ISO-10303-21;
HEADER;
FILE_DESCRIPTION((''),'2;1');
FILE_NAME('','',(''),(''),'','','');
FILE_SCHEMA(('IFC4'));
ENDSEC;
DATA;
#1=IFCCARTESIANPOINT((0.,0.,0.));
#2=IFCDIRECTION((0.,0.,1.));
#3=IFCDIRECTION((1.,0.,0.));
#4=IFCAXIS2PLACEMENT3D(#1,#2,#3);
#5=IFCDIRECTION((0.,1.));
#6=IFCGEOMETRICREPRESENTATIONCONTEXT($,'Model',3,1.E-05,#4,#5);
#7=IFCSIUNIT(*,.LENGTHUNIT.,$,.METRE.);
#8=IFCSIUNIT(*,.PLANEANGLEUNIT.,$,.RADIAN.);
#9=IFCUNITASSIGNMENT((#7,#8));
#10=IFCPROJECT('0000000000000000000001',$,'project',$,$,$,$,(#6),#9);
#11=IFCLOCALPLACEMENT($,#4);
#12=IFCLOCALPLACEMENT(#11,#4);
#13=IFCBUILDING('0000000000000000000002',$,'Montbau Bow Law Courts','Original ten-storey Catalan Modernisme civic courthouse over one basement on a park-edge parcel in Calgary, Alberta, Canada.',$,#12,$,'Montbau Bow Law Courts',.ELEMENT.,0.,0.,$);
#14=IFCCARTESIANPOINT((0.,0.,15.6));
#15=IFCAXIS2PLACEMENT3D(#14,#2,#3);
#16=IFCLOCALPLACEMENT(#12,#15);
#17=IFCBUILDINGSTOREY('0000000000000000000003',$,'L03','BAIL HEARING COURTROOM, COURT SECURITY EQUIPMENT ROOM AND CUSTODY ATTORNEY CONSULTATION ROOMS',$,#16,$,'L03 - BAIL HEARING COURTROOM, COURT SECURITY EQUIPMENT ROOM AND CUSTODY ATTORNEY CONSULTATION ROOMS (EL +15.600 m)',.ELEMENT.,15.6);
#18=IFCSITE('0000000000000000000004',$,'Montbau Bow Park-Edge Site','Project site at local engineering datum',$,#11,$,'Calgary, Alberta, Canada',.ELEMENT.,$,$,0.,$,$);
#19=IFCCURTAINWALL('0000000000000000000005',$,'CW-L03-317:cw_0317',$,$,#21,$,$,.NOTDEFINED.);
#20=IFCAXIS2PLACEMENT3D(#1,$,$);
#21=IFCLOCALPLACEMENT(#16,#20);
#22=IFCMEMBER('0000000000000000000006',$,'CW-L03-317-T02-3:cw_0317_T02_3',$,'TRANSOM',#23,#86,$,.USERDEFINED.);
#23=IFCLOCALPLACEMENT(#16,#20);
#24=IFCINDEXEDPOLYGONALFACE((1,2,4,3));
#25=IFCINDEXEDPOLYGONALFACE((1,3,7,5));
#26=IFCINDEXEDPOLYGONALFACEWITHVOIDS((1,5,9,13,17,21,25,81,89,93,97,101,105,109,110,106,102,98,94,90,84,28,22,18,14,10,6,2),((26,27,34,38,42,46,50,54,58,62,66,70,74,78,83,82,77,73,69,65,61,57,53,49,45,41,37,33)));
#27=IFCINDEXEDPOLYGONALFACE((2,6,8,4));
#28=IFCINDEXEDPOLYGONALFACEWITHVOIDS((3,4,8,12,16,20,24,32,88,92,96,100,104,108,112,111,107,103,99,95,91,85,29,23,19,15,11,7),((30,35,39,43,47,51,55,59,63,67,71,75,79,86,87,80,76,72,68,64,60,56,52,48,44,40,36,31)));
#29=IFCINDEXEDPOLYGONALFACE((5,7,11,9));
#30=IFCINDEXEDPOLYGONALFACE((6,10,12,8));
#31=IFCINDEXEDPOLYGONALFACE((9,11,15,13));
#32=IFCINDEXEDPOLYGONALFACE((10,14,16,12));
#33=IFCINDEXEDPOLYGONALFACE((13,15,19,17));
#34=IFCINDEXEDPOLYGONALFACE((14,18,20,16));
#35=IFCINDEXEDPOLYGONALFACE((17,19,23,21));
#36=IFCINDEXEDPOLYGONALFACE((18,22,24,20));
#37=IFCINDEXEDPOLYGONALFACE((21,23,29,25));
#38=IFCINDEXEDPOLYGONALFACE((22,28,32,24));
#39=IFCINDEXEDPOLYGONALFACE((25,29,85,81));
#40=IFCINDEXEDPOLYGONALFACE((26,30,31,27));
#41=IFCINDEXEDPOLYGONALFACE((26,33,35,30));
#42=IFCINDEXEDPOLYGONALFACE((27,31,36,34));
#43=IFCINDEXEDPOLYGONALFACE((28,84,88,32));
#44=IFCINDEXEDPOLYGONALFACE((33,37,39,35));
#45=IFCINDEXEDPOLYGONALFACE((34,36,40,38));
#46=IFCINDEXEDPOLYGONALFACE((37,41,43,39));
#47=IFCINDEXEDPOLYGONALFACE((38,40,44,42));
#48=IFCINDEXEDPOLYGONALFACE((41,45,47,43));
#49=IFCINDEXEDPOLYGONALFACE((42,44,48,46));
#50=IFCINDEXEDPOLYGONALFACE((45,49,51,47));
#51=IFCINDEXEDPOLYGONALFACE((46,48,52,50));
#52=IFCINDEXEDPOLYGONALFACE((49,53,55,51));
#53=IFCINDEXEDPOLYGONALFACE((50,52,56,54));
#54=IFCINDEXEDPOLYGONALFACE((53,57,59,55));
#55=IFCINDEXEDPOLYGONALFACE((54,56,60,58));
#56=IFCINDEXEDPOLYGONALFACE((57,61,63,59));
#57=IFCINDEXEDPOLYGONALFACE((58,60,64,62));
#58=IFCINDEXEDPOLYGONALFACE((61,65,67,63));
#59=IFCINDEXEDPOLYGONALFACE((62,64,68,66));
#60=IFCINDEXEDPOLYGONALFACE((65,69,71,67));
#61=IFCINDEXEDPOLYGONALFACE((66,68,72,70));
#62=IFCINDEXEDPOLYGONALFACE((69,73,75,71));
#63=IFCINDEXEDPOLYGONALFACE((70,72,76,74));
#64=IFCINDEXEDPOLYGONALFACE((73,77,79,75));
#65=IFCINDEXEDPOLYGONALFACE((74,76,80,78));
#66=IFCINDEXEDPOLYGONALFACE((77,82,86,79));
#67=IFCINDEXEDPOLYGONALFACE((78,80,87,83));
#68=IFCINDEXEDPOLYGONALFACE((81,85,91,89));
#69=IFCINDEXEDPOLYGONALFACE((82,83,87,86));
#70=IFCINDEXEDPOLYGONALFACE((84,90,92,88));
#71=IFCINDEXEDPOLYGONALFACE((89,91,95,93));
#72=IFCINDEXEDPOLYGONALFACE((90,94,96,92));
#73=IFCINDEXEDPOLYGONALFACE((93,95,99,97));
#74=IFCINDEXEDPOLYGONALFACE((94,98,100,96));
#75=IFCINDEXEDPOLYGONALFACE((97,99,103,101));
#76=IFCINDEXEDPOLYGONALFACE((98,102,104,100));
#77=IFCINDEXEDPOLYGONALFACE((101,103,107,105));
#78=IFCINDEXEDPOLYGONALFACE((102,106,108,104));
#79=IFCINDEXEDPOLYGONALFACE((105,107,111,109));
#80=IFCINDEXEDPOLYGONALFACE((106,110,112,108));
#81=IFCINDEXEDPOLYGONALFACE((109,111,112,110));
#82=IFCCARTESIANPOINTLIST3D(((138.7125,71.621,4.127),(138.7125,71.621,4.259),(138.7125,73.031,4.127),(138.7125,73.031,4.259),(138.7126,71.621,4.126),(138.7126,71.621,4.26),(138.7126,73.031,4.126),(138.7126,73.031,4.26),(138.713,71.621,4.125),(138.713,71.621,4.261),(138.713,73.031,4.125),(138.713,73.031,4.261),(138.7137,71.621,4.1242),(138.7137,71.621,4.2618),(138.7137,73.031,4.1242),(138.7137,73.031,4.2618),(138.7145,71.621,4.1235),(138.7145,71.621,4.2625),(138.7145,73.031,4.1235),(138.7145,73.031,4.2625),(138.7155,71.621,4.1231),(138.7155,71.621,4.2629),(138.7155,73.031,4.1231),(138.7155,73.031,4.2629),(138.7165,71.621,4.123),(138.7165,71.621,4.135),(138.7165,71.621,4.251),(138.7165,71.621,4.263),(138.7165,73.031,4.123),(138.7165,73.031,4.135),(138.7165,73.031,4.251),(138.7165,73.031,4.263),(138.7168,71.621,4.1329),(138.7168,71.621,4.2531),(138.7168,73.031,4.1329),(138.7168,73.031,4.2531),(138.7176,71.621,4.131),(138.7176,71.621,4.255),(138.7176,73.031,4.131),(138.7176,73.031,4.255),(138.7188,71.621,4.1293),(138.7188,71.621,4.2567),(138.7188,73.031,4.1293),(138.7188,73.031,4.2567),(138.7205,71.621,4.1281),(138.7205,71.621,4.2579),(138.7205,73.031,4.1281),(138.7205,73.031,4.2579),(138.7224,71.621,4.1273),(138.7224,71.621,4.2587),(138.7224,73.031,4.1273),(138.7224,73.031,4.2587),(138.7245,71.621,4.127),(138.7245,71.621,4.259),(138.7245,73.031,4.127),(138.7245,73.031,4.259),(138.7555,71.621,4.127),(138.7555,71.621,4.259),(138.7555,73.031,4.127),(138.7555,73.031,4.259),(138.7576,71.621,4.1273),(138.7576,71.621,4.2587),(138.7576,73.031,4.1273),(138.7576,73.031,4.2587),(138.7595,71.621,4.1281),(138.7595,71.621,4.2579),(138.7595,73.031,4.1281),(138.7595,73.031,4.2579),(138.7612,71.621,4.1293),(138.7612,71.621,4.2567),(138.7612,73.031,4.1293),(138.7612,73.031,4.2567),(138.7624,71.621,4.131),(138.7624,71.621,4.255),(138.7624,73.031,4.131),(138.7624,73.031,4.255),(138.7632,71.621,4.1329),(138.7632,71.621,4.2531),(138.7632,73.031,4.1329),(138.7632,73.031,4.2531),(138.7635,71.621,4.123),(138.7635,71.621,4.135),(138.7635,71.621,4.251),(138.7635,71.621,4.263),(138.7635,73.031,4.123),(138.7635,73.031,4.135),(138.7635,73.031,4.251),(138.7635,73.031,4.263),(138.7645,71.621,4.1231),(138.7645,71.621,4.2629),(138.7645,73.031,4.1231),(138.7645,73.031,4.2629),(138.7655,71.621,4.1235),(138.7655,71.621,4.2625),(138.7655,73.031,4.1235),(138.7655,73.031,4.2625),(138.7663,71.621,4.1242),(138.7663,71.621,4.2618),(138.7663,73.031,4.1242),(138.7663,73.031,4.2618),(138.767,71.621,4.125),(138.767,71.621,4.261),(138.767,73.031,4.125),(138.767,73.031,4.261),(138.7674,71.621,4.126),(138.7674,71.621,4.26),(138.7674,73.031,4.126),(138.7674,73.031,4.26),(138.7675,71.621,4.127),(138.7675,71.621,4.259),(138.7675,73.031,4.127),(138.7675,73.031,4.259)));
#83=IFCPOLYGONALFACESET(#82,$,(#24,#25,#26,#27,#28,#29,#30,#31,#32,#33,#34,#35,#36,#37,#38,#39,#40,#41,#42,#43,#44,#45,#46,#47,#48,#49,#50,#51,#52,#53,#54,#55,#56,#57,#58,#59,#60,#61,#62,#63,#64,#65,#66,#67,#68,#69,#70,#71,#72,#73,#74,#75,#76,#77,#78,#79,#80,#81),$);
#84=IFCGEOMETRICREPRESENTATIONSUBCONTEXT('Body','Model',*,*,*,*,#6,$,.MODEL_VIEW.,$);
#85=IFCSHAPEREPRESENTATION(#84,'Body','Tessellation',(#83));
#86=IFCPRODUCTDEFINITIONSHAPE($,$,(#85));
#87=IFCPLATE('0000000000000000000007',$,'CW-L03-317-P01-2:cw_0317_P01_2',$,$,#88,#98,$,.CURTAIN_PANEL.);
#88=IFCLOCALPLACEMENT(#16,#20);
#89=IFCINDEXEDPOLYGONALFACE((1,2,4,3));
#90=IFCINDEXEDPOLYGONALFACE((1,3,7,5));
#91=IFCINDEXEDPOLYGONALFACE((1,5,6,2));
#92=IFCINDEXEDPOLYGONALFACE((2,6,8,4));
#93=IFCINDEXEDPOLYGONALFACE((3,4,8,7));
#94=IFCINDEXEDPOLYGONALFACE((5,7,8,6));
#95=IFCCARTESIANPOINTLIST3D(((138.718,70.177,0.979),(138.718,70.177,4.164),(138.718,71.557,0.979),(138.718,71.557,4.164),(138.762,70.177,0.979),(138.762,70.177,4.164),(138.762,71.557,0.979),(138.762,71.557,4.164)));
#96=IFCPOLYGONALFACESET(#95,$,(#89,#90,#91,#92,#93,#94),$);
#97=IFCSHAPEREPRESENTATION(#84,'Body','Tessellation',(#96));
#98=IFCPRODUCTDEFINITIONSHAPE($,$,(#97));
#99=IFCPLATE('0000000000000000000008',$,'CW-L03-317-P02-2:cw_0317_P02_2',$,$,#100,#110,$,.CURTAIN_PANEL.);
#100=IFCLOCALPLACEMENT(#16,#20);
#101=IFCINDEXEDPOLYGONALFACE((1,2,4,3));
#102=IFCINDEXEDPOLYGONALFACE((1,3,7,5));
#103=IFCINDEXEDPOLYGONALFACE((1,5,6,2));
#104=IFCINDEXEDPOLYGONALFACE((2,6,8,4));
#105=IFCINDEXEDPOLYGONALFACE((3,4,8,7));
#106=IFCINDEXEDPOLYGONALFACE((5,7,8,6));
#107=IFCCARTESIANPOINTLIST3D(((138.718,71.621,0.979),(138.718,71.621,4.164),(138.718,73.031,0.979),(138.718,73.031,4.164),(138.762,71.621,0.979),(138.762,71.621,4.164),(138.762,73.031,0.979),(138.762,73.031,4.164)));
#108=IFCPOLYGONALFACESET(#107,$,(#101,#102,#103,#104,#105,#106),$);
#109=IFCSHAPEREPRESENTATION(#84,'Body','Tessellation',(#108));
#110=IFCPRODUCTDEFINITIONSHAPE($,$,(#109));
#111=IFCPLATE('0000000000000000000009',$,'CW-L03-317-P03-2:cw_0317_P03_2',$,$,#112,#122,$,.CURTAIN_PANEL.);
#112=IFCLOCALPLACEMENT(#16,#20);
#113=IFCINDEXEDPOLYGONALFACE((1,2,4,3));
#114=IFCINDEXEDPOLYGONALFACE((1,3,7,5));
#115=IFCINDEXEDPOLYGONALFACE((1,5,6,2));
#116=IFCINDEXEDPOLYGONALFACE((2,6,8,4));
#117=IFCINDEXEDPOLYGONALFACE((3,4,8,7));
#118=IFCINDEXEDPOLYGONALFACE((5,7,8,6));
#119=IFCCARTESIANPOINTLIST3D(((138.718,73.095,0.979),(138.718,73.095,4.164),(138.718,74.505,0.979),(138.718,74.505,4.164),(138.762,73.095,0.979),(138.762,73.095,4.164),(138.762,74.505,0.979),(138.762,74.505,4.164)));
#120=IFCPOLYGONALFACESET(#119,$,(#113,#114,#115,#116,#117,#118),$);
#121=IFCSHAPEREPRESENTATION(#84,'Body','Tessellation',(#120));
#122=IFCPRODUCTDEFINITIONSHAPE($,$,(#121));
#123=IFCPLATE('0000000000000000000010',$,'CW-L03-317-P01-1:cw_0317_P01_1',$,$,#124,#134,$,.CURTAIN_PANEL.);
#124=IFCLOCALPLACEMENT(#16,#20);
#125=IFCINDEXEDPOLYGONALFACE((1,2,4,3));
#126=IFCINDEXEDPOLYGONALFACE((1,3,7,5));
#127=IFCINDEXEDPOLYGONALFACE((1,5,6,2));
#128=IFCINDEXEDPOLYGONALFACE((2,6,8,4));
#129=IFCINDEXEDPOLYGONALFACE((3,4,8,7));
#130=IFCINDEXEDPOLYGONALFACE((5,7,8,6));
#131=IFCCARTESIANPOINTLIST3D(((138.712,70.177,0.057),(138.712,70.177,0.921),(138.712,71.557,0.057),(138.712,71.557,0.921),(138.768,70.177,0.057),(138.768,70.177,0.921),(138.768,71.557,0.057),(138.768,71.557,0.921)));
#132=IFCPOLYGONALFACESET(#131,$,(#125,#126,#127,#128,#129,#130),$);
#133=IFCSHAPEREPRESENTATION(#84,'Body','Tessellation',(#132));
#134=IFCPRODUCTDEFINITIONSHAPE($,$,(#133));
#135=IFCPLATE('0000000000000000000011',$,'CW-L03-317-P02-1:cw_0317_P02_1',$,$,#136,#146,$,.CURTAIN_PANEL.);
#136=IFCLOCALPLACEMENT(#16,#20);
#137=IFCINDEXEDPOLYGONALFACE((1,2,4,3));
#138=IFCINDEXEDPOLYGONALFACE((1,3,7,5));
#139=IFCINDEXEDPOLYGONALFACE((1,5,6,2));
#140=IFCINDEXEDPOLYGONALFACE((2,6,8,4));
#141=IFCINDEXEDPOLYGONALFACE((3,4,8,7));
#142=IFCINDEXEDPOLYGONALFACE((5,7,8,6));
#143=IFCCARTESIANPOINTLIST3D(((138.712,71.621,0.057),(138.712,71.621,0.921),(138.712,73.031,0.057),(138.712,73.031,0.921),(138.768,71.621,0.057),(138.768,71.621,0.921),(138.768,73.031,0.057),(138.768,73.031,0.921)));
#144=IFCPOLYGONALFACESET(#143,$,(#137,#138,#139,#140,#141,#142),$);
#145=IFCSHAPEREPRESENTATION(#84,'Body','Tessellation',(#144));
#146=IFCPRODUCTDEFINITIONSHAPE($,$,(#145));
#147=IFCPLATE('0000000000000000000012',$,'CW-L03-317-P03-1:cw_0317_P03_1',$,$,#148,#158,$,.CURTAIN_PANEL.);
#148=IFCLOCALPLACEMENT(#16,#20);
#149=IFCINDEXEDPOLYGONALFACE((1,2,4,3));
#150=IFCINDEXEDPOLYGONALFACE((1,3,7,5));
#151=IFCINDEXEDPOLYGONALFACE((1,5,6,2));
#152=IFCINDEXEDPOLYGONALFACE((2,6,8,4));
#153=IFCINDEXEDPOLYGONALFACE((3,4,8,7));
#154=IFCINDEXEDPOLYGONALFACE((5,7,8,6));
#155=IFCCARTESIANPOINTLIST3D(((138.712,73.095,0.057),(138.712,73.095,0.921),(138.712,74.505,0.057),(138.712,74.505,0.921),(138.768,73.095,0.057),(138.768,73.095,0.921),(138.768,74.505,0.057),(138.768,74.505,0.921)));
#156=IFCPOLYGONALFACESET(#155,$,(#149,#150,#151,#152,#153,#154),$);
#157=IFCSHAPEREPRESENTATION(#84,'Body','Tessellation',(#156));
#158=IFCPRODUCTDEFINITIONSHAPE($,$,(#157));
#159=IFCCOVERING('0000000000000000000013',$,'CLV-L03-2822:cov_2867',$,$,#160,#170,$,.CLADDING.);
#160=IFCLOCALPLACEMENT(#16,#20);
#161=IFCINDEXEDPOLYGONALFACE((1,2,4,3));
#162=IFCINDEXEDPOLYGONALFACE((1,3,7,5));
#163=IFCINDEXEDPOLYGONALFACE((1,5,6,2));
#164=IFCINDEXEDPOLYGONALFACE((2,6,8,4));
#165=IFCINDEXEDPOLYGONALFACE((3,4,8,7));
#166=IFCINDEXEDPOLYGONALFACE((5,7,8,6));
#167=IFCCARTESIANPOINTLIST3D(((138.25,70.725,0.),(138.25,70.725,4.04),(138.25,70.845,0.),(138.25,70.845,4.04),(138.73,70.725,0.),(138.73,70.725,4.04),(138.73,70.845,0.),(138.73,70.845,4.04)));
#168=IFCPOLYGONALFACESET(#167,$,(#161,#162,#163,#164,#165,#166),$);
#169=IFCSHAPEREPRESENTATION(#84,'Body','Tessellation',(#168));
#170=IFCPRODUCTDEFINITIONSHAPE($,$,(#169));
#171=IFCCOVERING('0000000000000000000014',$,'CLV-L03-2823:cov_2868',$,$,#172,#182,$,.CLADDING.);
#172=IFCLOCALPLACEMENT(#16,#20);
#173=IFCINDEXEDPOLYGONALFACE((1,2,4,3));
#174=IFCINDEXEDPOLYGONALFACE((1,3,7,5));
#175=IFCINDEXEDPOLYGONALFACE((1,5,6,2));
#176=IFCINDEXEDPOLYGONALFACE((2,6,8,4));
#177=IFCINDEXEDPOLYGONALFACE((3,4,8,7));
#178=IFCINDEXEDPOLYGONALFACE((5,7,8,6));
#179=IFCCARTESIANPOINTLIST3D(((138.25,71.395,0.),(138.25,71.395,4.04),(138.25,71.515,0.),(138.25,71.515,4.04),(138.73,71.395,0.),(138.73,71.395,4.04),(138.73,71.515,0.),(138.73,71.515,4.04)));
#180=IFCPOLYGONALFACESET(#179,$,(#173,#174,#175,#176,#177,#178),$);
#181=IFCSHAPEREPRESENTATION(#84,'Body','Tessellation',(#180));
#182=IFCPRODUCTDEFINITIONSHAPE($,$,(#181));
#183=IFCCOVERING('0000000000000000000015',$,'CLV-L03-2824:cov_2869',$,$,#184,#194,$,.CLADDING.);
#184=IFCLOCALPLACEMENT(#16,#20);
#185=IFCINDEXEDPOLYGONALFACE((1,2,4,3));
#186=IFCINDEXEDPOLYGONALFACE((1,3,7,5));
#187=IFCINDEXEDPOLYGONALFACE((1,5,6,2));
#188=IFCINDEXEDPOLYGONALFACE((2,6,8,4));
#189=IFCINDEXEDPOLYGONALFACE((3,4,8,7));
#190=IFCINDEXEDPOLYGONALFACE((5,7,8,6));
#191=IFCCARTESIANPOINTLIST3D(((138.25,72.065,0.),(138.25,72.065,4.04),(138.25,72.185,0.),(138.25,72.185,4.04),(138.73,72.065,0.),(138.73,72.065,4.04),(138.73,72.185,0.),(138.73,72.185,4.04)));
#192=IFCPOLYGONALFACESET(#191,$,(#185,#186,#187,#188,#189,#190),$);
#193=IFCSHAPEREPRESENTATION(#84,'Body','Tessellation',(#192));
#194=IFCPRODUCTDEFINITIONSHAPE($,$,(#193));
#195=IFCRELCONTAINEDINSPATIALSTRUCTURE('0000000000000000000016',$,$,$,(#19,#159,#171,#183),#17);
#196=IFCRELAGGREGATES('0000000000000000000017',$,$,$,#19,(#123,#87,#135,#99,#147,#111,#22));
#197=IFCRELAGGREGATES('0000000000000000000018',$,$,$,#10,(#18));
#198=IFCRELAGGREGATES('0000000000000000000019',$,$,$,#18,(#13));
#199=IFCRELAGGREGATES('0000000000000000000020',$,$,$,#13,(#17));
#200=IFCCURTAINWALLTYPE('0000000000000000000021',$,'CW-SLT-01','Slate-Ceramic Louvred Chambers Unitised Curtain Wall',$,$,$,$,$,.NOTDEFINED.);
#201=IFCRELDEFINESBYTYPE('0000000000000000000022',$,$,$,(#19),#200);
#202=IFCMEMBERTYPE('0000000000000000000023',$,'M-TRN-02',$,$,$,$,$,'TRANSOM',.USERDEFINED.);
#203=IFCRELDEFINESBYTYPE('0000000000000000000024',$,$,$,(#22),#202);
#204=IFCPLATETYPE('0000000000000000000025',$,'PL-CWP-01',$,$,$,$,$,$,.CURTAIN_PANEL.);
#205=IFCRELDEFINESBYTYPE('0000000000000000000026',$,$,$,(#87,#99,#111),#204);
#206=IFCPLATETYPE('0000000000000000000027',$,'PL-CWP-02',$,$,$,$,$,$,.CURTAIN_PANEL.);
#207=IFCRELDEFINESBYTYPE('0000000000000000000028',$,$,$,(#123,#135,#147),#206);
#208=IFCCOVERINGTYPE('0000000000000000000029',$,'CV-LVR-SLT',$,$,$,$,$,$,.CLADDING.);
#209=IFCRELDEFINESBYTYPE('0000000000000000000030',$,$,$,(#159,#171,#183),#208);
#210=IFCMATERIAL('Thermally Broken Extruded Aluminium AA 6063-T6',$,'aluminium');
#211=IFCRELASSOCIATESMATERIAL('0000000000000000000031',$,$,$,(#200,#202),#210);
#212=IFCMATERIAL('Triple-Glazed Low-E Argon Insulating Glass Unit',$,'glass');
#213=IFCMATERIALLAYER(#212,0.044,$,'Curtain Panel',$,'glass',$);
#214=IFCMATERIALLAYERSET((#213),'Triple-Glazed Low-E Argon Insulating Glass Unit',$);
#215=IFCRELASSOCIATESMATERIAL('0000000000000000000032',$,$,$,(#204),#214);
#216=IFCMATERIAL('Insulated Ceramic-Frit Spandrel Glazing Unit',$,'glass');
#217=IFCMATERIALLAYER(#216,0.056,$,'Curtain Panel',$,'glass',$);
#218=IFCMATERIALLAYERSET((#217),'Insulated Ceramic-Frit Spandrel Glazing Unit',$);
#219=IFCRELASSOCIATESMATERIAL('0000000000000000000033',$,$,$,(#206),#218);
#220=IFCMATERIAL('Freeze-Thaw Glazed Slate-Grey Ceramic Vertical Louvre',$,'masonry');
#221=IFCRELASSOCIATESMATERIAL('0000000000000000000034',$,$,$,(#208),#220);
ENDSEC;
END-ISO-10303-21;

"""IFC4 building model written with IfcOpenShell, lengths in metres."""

from ifc_helpers import new_model, si_unit, direction, frame, frame_2d, origin_with_axes, origin_2d_with_axis, place, context, subcontext, project, spatial, rectangle, hollow_rectangle, extrude, material, layer, layer_set, material_profile, profile_set, type_object, element, aggregate, save


model = new_model("IFC4")

# Units and contexts
model_context = context("Model", 3, precision=1e-05, world=origin_with_axes(), true_north=direction((0.0, 1.0)))
body_context = subcontext(model_context, "Body", "Model", "MODEL_VIEW")
ifc_project = project(units=[si_unit("LENGTHUNIT", "METRE"), si_unit("PLANEANGLEUNIT", "RADIAN")], contexts=[model_context])

# Site, building, storey
site_placement = place(None, origin_with_axes())
site = spatial("IfcSite", under=ifc_project, at=site_placement, Name="Montbau Bow Park-Edge Site", Description="Project site at local engineering datum", LongName="Calgary, Alberta, Canada", CompositionType="ELEMENT", RefElevation=0.0)
building_placement = place(site_placement, origin_with_axes())
building = spatial("IfcBuilding", under=site, at=building_placement, Name="Montbau Bow Law Courts", Description="Original ten-storey Catalan Modernisme civic courthouse over one basement on a park-edge parcel in Calgary, Alberta, Canada.", LongName="Montbau Bow Law Courts", CompositionType="ELEMENT", ElevationOfRefHeight=0.0, ElevationOfTerrain=0.0)
storey_placement = place(building_placement, frame((0.0, 0.0, 15.6), z_axis=(0.0, 0.0, 1.0), x_axis=(1.0, 0.0, 0.0)))
storey = spatial("IfcBuildingStorey", under=building, at=storey_placement, Name="L03", Description="BAIL HEARING COURTROOM, COURT SECURITY EQUIPMENT ROOM AND CUSTODY ATTORNEY CONSULTATION ROOMS", LongName="L03 - BAIL HEARING COURTROOM, COURT SECURITY EQUIPMENT ROOM AND CUSTODY ATTORNEY CONSULTATION ROOMS (EL +15.600 m)", CompositionType="ELEMENT", Elevation=15.6)

# Curtain wall, member, plates
ifc_material_1 = material(Name="Thermally Broken Extruded Aluminium AA 6063-T6", Category="aluminium")
curtain_wall_type = type_object("IfcCurtainWallType", Name="CW-SLT-01", Description="Slate-Ceramic Louvred Chambers Unitised Curtain Wall", PredefinedType="NOTDEFINED", material=ifc_material_1)
curtain_wall_placement = place(None, frame((138.74, 70.115, 15.6), z_axis=(0.0, 0.0, 1.0), x_axis=(1.0, 0.0, 0.0)))
curtain_wall = element("IfcCurtainWall", 1, at=curtain_wall_placement, inside=storey, type_object=curtain_wall_type, Name="CW-L03-317:cw_0317", PredefinedType="NOTDEFINED")
ifc_material_profile_1 = material_profile(ifc_material_1, hollow_rectangle(XDim=0.055, YDim=0.14, WallThickness=0.004, InnerFilletRadius=0.008, OuterFilletRadius=0.004, at=origin_2d_with_axis()), Name="CWT-140X55", Category="Main", Priority=0)
ifc_profile_set_1 = profile_set([ifc_material_profile_1], Name="Thermally Broken Extruded Aluminium AA 6063-T6")
member_type_1 = type_object("IfcMemberType", Name="M-TRN-02", ElementType="TRANSOM", PredefinedType="USERDEFINED", material=ifc_profile_set_1)
member_1_placement = place(None, frame((138.74, 71.621, 19.793), z_axis=(0.0, 1.0, 0.0), x_axis=(-1.0, 0.0, 0.0)))
member_1 = element("IfcMember", 2, at=member_1_placement, type_object=member_type_1, Name="CW-L03-317-T02-3:cw_0317_T02_3", ObjectType="TRANSOM", PredefinedType="USERDEFINED", context=body_context, shape_type="SweptSolid", body=[
    extrude(hollow_rectangle(XDim=0.055, YDim=0.14, WallThickness=0.004, InnerFilletRadius=0.008, OuterFilletRadius=0.004, at=origin_2d_with_axis()), origin_with_axes(), (0.0, 0.0, 1.0), 1.41),
])
ifc_material_2 = material(Name="Triple-Glazed Low-E Argon Insulating Glass Unit", Category="glass")
ifc_layer_1 = layer(ifc_material_2, 0.044, Name="Curtain Panel", Category="glass")
ifc_layer_set_1 = layer_set([ifc_layer_1], Name="Triple-Glazed Low-E Argon Insulating Glass Unit")
plate_type_1 = type_object("IfcPlateType", Name="PL-CWP-01", PredefinedType="CURTAIN_PANEL", material=ifc_layer_set_1)
plate_1_placement = place(None, frame((138.74, 70.177, 16.579), z_axis=(1.0, 0.0, 0.0), x_axis=(0.0, 1.0, 0.0)))
plate_1 = element("IfcPlate", 3, at=plate_1_placement, type_object=plate_type_1, Name="CW-L03-317-P01-2:cw_0317_P01_2", PredefinedType="CURTAIN_PANEL", context=body_context, shape_type="SweptSolid", body=[
    extrude(rectangle(XDim=1.38, YDim=3.185, at=frame_2d((0.69, 1.5925), x_axis=(1.0, 0.0))), frame((0.0, 0.0, -0.022), z_axis=(0.0, 0.0, 1.0), x_axis=(1.0, 0.0, 0.0)), (0.0, 0.0, 1.0), 0.044),
])
plate_2_placement = place(None, frame((138.74, 71.621, 16.579), z_axis=(1.0, 0.0, 0.0), x_axis=(0.0, 1.0, 0.0)))
plate_2 = element("IfcPlate", 4, at=plate_2_placement, type_object=plate_type_1, Name="CW-L03-317-P02-2:cw_0317_P02_2", PredefinedType="CURTAIN_PANEL", context=body_context, shape_type="SweptSolid", body=[
    extrude(rectangle(XDim=1.41, YDim=3.185, at=frame_2d((0.705, 1.5925), x_axis=(1.0, 0.0))), frame((0.0, 0.0, -0.022), z_axis=(0.0, 0.0, 1.0), x_axis=(1.0, 0.0, 0.0)), (0.0, 0.0, 1.0), 0.044),
])
plate_3_placement = place(None, frame((138.74, 73.095, 16.579), z_axis=(1.0, 0.0, 0.0), x_axis=(0.0, 1.0, 0.0)))
plate_3 = element("IfcPlate", 5, at=plate_3_placement, type_object=plate_type_1, Name="CW-L03-317-P03-2:cw_0317_P03_2", PredefinedType="CURTAIN_PANEL", context=body_context, shape_type="SweptSolid", body=[
    extrude(rectangle(XDim=1.41, YDim=3.185, at=frame_2d((0.705, 1.5925), x_axis=(1.0, 0.0))), frame((0.0, 0.0, -0.022), z_axis=(0.0, 0.0, 1.0), x_axis=(1.0, 0.0, 0.0)), (0.0, 0.0, 1.0), 0.044),
])
ifc_material_3 = material(Name="Insulated Ceramic-Frit Spandrel Glazing Unit", Category="glass")
ifc_layer_2 = layer(ifc_material_3, 0.056, Name="Curtain Panel", Category="glass")
ifc_layer_set_2 = layer_set([ifc_layer_2], Name="Insulated Ceramic-Frit Spandrel Glazing Unit")
plate_type_2 = type_object("IfcPlateType", Name="PL-CWP-02", PredefinedType="CURTAIN_PANEL", material=ifc_layer_set_2)
plate_4_placement = place(None, frame((138.74, 70.177, 15.657), z_axis=(1.0, 0.0, 0.0), x_axis=(0.0, 1.0, 0.0)))
plate_4 = element("IfcPlate", 6, at=plate_4_placement, type_object=plate_type_2, Name="CW-L03-317-P01-1:cw_0317_P01_1", PredefinedType="CURTAIN_PANEL", context=body_context, shape_type="SweptSolid", body=[
    extrude(rectangle(XDim=1.38, YDim=0.864, at=frame_2d((0.69, 0.432), x_axis=(1.0, 0.0))), frame((0.0, 0.0, -0.028), z_axis=(0.0, 0.0, 1.0), x_axis=(1.0, 0.0, 0.0)), (0.0, 0.0, 1.0), 0.056),
])
plate_5_placement = place(None, frame((138.74, 71.621, 15.657), z_axis=(1.0, 0.0, 0.0), x_axis=(0.0, 1.0, 0.0)))
plate_5 = element("IfcPlate", 7, at=plate_5_placement, type_object=plate_type_2, Name="CW-L03-317-P02-1:cw_0317_P02_1", PredefinedType="CURTAIN_PANEL", context=body_context, shape_type="SweptSolid", body=[
    extrude(rectangle(XDim=1.41, YDim=0.864, at=frame_2d((0.705, 0.432), x_axis=(1.0, 0.0))), frame((0.0, 0.0, -0.028), z_axis=(0.0, 0.0, 1.0), x_axis=(1.0, 0.0, 0.0)), (0.0, 0.0, 1.0), 0.056),
])
plate_6_placement = place(None, frame((138.74, 73.095, 15.657), z_axis=(1.0, 0.0, 0.0), x_axis=(0.0, 1.0, 0.0)))
plate_6 = element("IfcPlate", 8, at=plate_6_placement, type_object=plate_type_2, Name="CW-L03-317-P03-1:cw_0317_P03_1", PredefinedType="CURTAIN_PANEL", context=body_context, shape_type="SweptSolid", body=[
    extrude(rectangle(XDim=1.41, YDim=0.864, at=frame_2d((0.705, 0.432), x_axis=(1.0, 0.0))), frame((0.0, 0.0, -0.028), z_axis=(0.0, 0.0, 1.0), x_axis=(1.0, 0.0, 0.0)), (0.0, 0.0, 1.0), 0.056),
])
aggregate(curtain_wall, [plate_4, plate_1, plate_5, plate_2, plate_6, plate_3, member_1])

# Coverings
ifc_material_4 = material(Name="Freeze-Thaw Glazed Slate-Grey Ceramic Vertical Louvre", Category="masonry")
covering_type = type_object("IfcCoveringType", Name="CV-LVR-SLT", PredefinedType="CLADDING", material=ifc_material_4)
for number, where, z_axis, x_axis, name in (
    (9, (138.73, 70.785, 15.6), (0.0, 1.0, 0.0), (-1.0, 0.0, 0.0), "CLV-L03-2822:cov_2867"),
    (10, (138.73, 71.455, 15.6), (0.0, 1.0, 0.0), (-1.0, 0.0, 0.0), "CLV-L03-2823:cov_2868"),
    (11, (138.73, 72.125, 15.6), (0.0, 1.0, 0.0), (-1.0, 0.0, 0.0), "CLV-L03-2824:cov_2869"),
):
    element("IfcCovering", number, at=place(None, frame(where, z_axis=z_axis, x_axis=x_axis)), inside=storey, type_object=covering_type, Name=name, PredefinedType="CLADDING", context=body_context, shape_type="SweptSolid", body=[
        extrude(rectangle(XDim=0.48, YDim=4.04, at=frame_2d((0.24, 2.02), x_axis=(1.0, 0.0))), frame((0.0, 0.0, -0.06), z_axis=(0.0, 0.0, 1.0), x_axis=(1.0, 0.0, 0.0)), (0.0, 0.0, 1.0), 0.12),
    ])

save(model, "model.ifc")
